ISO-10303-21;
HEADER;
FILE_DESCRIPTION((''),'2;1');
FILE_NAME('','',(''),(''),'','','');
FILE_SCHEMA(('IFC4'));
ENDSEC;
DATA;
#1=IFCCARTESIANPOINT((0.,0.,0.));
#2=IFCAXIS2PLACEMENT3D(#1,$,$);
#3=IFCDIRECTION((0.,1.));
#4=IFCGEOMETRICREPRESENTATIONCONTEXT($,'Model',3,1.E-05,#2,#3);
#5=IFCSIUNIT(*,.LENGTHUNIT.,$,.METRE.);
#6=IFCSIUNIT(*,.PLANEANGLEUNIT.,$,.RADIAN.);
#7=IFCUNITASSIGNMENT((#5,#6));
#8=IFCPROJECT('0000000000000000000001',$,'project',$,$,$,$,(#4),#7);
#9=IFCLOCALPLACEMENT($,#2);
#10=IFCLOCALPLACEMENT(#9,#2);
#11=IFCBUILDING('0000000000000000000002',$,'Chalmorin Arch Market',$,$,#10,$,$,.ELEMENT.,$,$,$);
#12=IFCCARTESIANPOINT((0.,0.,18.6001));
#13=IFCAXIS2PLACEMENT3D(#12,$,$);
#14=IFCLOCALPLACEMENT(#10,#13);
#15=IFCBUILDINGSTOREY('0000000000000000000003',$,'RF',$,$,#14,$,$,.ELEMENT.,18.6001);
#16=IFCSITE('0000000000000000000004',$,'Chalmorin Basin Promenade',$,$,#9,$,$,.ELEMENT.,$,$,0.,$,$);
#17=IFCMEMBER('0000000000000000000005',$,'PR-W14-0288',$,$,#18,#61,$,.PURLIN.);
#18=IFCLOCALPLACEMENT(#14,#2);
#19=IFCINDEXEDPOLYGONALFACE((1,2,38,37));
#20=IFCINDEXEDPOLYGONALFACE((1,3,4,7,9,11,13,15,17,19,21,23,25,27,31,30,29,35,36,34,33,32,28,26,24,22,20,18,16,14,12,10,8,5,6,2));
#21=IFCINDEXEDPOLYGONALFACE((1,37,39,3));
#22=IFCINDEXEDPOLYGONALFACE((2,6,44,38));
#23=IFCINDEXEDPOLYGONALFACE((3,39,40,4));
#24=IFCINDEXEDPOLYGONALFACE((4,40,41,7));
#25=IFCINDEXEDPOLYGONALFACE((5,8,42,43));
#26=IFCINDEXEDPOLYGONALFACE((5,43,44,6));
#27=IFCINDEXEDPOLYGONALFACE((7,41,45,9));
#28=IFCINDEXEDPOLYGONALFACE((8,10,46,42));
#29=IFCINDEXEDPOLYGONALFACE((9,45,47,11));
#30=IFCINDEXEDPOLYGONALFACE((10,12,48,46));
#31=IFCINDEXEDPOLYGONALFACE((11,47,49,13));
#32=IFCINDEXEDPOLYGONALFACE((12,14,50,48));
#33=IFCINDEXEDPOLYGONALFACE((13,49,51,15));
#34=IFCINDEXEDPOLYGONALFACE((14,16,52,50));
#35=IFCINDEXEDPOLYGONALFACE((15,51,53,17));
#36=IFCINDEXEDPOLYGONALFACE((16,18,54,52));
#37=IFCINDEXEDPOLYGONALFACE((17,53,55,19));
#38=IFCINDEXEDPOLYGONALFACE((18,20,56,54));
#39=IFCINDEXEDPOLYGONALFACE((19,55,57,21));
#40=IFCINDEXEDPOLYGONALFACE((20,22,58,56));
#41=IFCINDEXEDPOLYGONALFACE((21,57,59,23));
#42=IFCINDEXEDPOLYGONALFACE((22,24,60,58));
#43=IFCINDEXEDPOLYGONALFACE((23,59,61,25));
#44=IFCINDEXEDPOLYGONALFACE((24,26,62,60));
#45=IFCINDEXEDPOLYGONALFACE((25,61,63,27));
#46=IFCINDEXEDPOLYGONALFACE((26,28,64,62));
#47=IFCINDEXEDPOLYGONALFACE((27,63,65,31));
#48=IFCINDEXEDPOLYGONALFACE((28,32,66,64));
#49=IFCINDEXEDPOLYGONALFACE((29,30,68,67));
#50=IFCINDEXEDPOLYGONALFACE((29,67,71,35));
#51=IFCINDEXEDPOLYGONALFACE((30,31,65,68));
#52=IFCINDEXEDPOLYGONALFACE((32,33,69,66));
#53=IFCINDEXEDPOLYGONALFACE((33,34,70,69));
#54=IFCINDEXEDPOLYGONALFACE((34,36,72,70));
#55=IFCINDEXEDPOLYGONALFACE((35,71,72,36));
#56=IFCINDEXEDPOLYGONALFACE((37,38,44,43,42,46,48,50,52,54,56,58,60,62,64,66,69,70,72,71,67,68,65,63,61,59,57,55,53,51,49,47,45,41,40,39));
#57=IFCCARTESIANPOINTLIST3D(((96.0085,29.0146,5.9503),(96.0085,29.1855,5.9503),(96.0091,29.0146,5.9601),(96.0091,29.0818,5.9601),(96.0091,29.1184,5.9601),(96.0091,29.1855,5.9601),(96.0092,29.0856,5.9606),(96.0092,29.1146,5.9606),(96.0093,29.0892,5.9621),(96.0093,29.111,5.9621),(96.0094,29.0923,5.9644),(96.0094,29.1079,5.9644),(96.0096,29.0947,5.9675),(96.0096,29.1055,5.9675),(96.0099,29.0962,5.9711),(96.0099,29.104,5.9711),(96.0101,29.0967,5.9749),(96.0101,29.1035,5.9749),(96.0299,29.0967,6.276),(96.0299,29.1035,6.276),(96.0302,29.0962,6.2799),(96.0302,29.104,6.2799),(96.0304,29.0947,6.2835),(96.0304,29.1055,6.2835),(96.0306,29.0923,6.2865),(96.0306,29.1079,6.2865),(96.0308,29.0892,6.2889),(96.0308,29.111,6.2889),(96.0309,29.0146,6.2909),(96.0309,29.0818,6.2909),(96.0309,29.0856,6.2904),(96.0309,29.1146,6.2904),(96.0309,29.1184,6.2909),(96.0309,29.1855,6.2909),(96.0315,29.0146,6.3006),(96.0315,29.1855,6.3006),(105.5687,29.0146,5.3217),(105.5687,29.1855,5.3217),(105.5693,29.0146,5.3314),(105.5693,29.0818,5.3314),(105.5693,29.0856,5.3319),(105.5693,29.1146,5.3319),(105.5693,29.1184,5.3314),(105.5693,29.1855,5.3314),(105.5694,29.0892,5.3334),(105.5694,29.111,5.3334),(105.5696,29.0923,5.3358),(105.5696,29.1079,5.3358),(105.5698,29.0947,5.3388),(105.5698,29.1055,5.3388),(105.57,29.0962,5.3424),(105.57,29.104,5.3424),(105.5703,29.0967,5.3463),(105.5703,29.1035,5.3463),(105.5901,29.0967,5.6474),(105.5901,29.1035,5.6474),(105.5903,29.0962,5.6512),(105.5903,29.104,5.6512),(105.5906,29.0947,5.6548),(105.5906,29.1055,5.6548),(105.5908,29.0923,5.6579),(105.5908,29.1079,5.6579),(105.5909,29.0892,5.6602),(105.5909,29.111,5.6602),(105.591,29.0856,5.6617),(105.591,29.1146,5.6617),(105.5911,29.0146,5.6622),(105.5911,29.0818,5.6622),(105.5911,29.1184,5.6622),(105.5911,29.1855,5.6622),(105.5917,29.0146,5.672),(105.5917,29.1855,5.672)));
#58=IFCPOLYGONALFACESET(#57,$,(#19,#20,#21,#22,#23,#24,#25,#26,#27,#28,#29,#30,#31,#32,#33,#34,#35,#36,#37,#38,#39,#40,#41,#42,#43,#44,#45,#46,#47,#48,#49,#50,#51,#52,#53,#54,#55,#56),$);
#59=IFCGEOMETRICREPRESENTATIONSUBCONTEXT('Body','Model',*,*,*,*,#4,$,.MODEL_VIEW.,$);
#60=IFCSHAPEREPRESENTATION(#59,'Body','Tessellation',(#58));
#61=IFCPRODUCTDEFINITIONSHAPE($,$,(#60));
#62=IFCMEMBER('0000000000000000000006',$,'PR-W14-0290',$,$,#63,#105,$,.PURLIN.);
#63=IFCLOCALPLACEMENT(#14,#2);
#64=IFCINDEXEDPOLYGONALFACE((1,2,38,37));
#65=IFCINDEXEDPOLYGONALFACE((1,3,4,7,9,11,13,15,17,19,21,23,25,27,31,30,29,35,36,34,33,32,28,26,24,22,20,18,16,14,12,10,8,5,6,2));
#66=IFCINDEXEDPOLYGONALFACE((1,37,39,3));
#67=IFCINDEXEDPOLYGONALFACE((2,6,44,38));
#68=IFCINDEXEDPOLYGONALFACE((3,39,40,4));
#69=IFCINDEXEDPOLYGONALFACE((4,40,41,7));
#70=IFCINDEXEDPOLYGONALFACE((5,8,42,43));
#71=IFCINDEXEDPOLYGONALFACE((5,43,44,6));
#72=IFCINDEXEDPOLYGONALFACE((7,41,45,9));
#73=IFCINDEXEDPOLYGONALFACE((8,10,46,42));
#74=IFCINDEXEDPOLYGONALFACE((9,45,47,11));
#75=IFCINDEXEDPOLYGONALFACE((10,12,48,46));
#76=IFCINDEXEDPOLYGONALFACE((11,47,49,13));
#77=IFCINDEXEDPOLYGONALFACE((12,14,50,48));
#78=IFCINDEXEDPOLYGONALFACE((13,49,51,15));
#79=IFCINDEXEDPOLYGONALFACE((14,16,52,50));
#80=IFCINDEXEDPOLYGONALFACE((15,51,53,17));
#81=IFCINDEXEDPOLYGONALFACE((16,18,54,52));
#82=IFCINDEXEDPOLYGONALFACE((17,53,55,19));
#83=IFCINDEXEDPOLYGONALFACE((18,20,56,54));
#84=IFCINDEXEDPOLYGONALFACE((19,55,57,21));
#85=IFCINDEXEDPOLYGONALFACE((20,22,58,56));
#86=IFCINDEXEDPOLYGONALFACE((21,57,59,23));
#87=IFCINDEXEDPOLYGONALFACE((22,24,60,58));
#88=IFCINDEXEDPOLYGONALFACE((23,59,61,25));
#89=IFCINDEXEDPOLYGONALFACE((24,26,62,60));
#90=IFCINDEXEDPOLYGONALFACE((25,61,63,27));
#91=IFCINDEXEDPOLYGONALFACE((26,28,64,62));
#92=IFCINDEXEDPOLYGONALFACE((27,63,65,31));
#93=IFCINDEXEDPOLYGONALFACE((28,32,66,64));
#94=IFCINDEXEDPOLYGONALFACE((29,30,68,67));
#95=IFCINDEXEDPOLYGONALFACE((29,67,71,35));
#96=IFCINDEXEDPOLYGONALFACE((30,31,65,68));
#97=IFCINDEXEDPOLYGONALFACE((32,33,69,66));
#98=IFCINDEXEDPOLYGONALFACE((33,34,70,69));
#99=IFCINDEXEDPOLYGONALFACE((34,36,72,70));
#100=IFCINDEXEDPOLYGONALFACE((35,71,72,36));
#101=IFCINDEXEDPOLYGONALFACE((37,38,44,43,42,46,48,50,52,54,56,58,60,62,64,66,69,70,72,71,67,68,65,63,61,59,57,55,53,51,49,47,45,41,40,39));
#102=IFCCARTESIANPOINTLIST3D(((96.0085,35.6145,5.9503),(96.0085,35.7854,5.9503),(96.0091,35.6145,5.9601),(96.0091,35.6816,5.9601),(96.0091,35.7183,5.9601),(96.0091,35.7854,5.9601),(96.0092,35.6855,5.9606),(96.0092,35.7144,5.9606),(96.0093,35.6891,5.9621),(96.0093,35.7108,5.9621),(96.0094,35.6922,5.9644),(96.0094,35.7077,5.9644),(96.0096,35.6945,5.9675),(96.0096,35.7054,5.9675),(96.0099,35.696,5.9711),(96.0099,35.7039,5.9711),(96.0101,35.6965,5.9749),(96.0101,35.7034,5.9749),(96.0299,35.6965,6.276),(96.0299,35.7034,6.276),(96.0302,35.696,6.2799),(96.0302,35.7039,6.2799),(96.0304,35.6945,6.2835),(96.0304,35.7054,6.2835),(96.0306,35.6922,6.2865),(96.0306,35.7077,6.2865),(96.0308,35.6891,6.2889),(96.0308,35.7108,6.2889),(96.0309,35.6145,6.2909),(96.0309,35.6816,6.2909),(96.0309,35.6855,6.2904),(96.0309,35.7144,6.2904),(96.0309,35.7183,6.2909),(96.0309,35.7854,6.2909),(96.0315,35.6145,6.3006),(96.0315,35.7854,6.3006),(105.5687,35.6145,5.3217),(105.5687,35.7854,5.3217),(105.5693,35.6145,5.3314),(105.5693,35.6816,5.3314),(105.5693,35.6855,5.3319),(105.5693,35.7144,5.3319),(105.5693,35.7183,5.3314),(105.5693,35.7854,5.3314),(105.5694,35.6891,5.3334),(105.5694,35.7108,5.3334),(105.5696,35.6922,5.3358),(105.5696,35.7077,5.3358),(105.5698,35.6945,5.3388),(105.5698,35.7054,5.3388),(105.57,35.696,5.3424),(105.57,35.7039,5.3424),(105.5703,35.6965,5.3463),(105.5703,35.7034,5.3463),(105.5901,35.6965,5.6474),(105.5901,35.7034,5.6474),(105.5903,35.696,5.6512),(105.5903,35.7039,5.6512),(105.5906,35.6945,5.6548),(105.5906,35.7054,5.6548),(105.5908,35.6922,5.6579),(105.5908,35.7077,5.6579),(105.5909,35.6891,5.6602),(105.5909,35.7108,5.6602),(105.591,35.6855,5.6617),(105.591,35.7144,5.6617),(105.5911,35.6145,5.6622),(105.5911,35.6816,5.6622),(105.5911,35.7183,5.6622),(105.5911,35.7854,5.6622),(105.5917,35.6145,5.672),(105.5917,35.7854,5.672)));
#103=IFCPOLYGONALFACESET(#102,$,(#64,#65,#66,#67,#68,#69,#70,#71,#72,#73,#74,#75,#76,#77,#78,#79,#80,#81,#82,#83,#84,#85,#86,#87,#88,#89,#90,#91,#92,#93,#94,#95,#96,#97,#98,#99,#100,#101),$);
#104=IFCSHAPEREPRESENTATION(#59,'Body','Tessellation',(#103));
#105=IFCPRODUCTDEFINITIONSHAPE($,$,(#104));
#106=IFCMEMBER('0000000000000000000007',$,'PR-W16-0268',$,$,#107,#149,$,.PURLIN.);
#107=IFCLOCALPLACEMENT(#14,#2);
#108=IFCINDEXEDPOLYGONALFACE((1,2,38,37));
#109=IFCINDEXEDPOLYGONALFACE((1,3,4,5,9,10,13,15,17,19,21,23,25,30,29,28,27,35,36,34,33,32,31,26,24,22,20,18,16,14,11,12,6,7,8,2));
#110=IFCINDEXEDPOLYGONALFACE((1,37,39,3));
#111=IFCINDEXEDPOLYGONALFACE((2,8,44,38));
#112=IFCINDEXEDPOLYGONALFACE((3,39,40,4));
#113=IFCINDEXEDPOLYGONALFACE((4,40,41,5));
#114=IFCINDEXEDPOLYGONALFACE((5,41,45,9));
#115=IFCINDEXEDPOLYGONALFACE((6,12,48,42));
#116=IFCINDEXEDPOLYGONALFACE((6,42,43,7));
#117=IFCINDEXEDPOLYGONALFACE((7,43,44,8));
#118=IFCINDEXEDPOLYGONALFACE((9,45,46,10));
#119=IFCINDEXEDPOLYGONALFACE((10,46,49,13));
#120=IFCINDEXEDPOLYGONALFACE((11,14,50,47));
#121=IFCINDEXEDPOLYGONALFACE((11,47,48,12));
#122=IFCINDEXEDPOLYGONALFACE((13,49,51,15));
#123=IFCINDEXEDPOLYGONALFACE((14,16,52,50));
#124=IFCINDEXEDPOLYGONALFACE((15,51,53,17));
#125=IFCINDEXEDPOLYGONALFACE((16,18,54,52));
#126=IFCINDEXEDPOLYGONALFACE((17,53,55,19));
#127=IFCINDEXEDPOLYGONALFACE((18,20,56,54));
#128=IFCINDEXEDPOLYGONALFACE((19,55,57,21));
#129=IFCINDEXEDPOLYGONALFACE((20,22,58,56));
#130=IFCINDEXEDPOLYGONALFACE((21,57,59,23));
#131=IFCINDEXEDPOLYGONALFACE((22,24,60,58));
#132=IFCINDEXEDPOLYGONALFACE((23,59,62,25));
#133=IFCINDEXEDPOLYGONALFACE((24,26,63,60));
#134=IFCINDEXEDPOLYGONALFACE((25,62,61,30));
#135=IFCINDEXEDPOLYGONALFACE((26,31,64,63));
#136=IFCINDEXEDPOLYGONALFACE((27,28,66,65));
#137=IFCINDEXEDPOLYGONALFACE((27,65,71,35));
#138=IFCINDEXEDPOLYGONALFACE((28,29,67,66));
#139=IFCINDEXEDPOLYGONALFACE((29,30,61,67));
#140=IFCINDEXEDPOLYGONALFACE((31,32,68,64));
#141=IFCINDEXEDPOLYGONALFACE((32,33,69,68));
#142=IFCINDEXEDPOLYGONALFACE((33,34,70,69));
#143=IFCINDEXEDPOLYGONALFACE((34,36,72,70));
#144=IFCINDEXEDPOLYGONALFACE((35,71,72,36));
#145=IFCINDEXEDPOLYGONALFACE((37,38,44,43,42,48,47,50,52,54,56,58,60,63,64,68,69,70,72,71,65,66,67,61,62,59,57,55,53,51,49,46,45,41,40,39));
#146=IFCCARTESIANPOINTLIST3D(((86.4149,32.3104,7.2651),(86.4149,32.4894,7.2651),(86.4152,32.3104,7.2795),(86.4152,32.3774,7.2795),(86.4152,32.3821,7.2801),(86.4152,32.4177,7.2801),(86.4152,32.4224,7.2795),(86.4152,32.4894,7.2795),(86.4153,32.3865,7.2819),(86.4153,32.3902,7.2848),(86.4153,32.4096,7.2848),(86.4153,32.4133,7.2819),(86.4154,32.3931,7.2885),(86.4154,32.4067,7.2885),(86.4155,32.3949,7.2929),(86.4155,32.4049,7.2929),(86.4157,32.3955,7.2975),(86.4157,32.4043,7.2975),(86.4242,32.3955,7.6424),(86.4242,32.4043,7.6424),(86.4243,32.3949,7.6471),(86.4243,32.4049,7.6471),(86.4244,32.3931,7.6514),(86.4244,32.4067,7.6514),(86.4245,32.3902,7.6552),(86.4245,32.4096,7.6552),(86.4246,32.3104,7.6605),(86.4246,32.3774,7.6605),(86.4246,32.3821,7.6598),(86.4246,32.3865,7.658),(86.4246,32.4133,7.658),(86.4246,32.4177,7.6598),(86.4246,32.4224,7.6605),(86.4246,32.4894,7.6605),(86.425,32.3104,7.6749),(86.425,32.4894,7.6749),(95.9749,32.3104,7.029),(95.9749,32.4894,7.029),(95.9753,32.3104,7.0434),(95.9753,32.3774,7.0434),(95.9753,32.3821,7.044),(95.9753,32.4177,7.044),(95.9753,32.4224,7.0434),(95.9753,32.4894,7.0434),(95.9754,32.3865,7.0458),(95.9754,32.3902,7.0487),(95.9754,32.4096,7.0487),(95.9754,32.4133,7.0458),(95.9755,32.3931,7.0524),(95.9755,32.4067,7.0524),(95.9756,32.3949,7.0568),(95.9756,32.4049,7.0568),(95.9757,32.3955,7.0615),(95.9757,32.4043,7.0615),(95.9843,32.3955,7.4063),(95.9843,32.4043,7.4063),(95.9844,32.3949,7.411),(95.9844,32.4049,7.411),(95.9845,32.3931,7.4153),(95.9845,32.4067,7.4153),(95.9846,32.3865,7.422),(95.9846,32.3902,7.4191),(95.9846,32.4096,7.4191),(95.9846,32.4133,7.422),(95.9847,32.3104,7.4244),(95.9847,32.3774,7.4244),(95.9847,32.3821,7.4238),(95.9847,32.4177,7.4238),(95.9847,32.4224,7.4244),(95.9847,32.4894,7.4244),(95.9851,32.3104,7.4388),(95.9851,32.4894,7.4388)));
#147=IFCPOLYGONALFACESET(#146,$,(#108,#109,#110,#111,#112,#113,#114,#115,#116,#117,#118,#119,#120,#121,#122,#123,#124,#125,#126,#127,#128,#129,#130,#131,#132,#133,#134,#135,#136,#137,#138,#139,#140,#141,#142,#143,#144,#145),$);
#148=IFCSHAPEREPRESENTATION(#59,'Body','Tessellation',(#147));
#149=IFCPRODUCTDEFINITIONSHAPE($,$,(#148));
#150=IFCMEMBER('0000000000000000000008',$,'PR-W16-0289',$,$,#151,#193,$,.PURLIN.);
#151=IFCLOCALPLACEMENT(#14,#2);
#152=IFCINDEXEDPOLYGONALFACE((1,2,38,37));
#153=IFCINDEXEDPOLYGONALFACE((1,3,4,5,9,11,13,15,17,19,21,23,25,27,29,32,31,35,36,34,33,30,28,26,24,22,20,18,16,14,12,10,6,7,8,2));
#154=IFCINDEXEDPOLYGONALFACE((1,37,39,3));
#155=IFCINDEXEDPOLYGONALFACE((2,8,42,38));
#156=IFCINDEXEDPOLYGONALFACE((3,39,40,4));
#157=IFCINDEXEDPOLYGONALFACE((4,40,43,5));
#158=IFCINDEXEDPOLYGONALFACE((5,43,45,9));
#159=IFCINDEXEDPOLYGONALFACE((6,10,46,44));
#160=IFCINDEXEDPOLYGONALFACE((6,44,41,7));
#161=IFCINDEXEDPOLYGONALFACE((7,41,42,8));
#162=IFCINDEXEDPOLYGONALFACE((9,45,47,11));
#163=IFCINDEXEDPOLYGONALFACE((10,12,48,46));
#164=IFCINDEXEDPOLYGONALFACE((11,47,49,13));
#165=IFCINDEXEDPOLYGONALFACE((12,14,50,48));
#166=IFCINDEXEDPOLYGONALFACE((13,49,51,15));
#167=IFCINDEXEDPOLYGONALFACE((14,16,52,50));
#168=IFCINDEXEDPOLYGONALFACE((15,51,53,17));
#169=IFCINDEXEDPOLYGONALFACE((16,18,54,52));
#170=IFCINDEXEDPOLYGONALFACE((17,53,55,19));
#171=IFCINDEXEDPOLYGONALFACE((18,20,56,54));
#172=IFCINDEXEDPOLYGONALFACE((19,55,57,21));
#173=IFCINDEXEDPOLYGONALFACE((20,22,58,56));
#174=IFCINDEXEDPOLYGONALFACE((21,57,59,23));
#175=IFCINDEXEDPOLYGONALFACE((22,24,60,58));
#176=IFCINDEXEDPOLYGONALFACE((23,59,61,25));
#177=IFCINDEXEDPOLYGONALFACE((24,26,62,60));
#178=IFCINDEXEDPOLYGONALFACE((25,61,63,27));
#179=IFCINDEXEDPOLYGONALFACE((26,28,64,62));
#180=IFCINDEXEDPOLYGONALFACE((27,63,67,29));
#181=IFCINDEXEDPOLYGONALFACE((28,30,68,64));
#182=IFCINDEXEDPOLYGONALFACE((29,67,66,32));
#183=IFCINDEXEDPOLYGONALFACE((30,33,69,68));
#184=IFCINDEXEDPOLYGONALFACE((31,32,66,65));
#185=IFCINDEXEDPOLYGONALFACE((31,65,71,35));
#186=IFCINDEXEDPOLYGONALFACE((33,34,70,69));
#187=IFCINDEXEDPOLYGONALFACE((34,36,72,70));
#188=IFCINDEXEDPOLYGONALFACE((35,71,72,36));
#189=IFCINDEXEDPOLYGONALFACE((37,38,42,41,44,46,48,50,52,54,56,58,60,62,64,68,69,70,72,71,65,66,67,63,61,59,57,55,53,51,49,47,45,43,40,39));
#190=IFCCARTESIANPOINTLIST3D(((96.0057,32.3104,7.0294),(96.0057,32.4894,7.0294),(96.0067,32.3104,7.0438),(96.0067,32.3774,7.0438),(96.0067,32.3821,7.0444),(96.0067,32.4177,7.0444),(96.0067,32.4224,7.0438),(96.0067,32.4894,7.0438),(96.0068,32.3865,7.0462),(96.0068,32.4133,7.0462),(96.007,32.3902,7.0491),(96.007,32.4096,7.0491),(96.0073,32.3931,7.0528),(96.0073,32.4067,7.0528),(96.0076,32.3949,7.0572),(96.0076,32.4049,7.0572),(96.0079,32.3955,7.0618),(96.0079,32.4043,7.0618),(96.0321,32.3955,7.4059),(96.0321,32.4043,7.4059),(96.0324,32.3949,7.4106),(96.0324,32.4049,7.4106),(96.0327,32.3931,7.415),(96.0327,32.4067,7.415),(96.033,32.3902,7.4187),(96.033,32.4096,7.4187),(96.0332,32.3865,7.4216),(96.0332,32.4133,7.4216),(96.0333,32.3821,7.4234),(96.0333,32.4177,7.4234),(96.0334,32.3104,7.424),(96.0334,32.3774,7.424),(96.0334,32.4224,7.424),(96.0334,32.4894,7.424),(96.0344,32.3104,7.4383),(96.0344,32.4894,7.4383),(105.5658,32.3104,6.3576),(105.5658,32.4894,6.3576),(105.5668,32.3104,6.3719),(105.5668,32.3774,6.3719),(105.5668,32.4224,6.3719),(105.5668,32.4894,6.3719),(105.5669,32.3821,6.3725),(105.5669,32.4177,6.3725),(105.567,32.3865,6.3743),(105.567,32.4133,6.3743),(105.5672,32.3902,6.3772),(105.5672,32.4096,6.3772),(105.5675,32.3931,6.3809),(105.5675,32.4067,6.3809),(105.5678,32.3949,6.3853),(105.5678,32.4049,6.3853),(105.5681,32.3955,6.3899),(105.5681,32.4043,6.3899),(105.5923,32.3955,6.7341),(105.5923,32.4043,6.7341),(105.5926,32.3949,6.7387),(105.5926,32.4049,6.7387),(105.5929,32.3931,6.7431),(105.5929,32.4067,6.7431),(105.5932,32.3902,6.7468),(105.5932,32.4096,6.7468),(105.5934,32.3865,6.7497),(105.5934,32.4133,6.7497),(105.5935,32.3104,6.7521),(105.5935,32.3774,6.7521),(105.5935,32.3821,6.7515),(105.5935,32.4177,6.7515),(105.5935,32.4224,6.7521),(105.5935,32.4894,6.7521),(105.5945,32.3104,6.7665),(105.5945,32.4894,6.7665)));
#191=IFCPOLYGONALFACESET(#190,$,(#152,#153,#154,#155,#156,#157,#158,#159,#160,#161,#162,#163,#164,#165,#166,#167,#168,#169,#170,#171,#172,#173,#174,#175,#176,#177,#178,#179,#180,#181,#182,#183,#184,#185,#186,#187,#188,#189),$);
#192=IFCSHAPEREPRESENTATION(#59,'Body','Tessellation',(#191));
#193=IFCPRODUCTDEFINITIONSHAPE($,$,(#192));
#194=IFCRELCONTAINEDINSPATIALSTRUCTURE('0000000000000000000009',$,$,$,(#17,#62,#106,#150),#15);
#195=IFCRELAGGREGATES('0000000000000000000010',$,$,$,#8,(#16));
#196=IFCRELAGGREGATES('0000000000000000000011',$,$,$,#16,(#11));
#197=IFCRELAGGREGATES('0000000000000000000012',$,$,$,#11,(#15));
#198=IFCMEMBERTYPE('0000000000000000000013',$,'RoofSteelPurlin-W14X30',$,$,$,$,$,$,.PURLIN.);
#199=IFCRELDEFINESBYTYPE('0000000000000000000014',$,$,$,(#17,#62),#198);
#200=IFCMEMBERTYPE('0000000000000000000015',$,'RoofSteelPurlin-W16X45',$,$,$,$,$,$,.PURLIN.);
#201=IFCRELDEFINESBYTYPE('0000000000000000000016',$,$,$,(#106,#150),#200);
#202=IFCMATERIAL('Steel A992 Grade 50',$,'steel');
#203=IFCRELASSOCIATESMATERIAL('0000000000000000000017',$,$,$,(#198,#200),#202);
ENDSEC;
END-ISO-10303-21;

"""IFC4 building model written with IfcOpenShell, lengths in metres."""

from ifc_helpers import new_model, si_unit, direction, frame, origin, origin_2d, place, context, subcontext, project, spatial, i_section, extrude, material, material_profile, profile_set, type_object, element, save


model = new_model("IFC4")

# Units and contexts
model_context = context("Model", 3, precision=1e-05, world=origin(), true_north=direction((0.0, 1.0)))
body_context = subcontext(model_context, "Body", "Model", "MODEL_VIEW")
ifc_project = project(units=[si_unit("LENGTHUNIT", "METRE"), si_unit("PLANEANGLEUNIT", "RADIAN")], contexts=[model_context])

# Site, building, storey
site_placement = place(None, origin())
site = spatial("IfcSite", under=ifc_project, at=site_placement, Name="Chalmorin Basin Promenade", CompositionType="ELEMENT", RefElevation=0.0)
building_placement = place(site_placement, origin())
building = spatial("IfcBuilding", under=site, at=building_placement, Name="Chalmorin Arch Market", CompositionType="ELEMENT")
storey_placement = place(building_placement, frame((0.0, 0.0, 18.6001)))
storey = spatial("IfcBuildingStorey", under=building, at=storey_placement, Name="RF", CompositionType="ELEMENT", Elevation=18.6001)

# Members
ifc_material_1 = material(Name="Steel A992 Grade 50", Category="steel")
ifc_material_profile_1 = material_profile(ifc_material_1, i_section(OverallWidth=0.1709, OverallDepth=0.3511, WebThickness=0.0068, FlangeThickness=0.0098, FilletRadius=0.0149, at=origin_2d()), Name="W14X30")
ifc_profile_set_1 = profile_set([ifc_material_profile_1], Name="Steel A992 Grade 50")
member_type_1 = type_object("IfcMemberType", Name="RoofSteelPurlin-W14X30", PredefinedType="PURLIN", material=ifc_profile_set_1)
for number, where, z_axis, x_axis, name in (
    (1, (96.02, 29.1001, 6.1255), (0.997845, 0.0, -0.065618), (0.0, 1.0, 0.0), "PR-W14-0288"),
    (2, (96.02, 35.7, 6.1255), (0.997845, 0.0, -0.065618), (0.0, 1.0, 0.0), "PR-W14-0290"),
):
    element("IfcMember", number, at=place(storey_placement, frame(where, z_axis=z_axis, x_axis=x_axis)), inside=storey, type_object=member_type_1, Name=name, PredefinedType="PURLIN", context=body_context, shape_type="SweptSolid", body=[
        extrude(i_section(OverallWidth=0.1709, OverallDepth=0.3511, WebThickness=0.0068, FlangeThickness=0.0098, FilletRadius=0.0149, at=origin_2d()), origin(), (0.0, 0.0, 1.0), 9.5808),
    ])
ifc_material_profile_2 = material_profile(ifc_material_1, i_section(OverallWidth=0.179, OverallDepth=0.4099, WebThickness=0.0088, FlangeThickness=0.0144, FilletRadius=0.0181, at=origin_2d()), Name="W16X45")
ifc_profile_set_2 = profile_set([ifc_material_profile_2], Name="Steel A992 Grade 50")
member_type_2 = type_object("IfcMemberType", Name="RoofSteelPurlin-W16X45", PredefinedType="PURLIN", material=ifc_profile_set_2)
member_1_placement = place(storey_placement, frame((86.4199, 32.3999, 7.47), z_axis=(0.999695, 0.0, -0.024687), x_axis=(0.0, 1.0, 0.0)))
element("IfcMember", 3, at=member_1_placement, inside=storey, type_object=member_type_2, Name="PR-W16-0268", PredefinedType="PURLIN", context=body_context, shape_type="SweptSolid", body=[
    extrude(i_section(OverallWidth=0.179, OverallDepth=0.4099, WebThickness=0.0088, FlangeThickness=0.0144, FilletRadius=0.0181, at=origin_2d()), origin(), (0.0, 0.0, 1.0), 9.563),
])
member_2_placement = place(storey_placement, frame((96.02, 32.3999, 7.2339), z_axis=(0.99754, 0.0, -0.070106), x_axis=(0.0, 1.0, 0.0)))
element("IfcMember", 4, at=member_2_placement, inside=storey, type_object=member_type_2, Name="PR-W16-0289", PredefinedType="PURLIN", context=body_context, shape_type="SweptSolid", body=[
    extrude(i_section(OverallWidth=0.179, OverallDepth=0.4099, WebThickness=0.0088, FlangeThickness=0.0144, FilletRadius=0.0181, at=origin_2d()), origin(), (0.0, 0.0, 1.0), 9.5837),
])

save(model, "model.ifc")
